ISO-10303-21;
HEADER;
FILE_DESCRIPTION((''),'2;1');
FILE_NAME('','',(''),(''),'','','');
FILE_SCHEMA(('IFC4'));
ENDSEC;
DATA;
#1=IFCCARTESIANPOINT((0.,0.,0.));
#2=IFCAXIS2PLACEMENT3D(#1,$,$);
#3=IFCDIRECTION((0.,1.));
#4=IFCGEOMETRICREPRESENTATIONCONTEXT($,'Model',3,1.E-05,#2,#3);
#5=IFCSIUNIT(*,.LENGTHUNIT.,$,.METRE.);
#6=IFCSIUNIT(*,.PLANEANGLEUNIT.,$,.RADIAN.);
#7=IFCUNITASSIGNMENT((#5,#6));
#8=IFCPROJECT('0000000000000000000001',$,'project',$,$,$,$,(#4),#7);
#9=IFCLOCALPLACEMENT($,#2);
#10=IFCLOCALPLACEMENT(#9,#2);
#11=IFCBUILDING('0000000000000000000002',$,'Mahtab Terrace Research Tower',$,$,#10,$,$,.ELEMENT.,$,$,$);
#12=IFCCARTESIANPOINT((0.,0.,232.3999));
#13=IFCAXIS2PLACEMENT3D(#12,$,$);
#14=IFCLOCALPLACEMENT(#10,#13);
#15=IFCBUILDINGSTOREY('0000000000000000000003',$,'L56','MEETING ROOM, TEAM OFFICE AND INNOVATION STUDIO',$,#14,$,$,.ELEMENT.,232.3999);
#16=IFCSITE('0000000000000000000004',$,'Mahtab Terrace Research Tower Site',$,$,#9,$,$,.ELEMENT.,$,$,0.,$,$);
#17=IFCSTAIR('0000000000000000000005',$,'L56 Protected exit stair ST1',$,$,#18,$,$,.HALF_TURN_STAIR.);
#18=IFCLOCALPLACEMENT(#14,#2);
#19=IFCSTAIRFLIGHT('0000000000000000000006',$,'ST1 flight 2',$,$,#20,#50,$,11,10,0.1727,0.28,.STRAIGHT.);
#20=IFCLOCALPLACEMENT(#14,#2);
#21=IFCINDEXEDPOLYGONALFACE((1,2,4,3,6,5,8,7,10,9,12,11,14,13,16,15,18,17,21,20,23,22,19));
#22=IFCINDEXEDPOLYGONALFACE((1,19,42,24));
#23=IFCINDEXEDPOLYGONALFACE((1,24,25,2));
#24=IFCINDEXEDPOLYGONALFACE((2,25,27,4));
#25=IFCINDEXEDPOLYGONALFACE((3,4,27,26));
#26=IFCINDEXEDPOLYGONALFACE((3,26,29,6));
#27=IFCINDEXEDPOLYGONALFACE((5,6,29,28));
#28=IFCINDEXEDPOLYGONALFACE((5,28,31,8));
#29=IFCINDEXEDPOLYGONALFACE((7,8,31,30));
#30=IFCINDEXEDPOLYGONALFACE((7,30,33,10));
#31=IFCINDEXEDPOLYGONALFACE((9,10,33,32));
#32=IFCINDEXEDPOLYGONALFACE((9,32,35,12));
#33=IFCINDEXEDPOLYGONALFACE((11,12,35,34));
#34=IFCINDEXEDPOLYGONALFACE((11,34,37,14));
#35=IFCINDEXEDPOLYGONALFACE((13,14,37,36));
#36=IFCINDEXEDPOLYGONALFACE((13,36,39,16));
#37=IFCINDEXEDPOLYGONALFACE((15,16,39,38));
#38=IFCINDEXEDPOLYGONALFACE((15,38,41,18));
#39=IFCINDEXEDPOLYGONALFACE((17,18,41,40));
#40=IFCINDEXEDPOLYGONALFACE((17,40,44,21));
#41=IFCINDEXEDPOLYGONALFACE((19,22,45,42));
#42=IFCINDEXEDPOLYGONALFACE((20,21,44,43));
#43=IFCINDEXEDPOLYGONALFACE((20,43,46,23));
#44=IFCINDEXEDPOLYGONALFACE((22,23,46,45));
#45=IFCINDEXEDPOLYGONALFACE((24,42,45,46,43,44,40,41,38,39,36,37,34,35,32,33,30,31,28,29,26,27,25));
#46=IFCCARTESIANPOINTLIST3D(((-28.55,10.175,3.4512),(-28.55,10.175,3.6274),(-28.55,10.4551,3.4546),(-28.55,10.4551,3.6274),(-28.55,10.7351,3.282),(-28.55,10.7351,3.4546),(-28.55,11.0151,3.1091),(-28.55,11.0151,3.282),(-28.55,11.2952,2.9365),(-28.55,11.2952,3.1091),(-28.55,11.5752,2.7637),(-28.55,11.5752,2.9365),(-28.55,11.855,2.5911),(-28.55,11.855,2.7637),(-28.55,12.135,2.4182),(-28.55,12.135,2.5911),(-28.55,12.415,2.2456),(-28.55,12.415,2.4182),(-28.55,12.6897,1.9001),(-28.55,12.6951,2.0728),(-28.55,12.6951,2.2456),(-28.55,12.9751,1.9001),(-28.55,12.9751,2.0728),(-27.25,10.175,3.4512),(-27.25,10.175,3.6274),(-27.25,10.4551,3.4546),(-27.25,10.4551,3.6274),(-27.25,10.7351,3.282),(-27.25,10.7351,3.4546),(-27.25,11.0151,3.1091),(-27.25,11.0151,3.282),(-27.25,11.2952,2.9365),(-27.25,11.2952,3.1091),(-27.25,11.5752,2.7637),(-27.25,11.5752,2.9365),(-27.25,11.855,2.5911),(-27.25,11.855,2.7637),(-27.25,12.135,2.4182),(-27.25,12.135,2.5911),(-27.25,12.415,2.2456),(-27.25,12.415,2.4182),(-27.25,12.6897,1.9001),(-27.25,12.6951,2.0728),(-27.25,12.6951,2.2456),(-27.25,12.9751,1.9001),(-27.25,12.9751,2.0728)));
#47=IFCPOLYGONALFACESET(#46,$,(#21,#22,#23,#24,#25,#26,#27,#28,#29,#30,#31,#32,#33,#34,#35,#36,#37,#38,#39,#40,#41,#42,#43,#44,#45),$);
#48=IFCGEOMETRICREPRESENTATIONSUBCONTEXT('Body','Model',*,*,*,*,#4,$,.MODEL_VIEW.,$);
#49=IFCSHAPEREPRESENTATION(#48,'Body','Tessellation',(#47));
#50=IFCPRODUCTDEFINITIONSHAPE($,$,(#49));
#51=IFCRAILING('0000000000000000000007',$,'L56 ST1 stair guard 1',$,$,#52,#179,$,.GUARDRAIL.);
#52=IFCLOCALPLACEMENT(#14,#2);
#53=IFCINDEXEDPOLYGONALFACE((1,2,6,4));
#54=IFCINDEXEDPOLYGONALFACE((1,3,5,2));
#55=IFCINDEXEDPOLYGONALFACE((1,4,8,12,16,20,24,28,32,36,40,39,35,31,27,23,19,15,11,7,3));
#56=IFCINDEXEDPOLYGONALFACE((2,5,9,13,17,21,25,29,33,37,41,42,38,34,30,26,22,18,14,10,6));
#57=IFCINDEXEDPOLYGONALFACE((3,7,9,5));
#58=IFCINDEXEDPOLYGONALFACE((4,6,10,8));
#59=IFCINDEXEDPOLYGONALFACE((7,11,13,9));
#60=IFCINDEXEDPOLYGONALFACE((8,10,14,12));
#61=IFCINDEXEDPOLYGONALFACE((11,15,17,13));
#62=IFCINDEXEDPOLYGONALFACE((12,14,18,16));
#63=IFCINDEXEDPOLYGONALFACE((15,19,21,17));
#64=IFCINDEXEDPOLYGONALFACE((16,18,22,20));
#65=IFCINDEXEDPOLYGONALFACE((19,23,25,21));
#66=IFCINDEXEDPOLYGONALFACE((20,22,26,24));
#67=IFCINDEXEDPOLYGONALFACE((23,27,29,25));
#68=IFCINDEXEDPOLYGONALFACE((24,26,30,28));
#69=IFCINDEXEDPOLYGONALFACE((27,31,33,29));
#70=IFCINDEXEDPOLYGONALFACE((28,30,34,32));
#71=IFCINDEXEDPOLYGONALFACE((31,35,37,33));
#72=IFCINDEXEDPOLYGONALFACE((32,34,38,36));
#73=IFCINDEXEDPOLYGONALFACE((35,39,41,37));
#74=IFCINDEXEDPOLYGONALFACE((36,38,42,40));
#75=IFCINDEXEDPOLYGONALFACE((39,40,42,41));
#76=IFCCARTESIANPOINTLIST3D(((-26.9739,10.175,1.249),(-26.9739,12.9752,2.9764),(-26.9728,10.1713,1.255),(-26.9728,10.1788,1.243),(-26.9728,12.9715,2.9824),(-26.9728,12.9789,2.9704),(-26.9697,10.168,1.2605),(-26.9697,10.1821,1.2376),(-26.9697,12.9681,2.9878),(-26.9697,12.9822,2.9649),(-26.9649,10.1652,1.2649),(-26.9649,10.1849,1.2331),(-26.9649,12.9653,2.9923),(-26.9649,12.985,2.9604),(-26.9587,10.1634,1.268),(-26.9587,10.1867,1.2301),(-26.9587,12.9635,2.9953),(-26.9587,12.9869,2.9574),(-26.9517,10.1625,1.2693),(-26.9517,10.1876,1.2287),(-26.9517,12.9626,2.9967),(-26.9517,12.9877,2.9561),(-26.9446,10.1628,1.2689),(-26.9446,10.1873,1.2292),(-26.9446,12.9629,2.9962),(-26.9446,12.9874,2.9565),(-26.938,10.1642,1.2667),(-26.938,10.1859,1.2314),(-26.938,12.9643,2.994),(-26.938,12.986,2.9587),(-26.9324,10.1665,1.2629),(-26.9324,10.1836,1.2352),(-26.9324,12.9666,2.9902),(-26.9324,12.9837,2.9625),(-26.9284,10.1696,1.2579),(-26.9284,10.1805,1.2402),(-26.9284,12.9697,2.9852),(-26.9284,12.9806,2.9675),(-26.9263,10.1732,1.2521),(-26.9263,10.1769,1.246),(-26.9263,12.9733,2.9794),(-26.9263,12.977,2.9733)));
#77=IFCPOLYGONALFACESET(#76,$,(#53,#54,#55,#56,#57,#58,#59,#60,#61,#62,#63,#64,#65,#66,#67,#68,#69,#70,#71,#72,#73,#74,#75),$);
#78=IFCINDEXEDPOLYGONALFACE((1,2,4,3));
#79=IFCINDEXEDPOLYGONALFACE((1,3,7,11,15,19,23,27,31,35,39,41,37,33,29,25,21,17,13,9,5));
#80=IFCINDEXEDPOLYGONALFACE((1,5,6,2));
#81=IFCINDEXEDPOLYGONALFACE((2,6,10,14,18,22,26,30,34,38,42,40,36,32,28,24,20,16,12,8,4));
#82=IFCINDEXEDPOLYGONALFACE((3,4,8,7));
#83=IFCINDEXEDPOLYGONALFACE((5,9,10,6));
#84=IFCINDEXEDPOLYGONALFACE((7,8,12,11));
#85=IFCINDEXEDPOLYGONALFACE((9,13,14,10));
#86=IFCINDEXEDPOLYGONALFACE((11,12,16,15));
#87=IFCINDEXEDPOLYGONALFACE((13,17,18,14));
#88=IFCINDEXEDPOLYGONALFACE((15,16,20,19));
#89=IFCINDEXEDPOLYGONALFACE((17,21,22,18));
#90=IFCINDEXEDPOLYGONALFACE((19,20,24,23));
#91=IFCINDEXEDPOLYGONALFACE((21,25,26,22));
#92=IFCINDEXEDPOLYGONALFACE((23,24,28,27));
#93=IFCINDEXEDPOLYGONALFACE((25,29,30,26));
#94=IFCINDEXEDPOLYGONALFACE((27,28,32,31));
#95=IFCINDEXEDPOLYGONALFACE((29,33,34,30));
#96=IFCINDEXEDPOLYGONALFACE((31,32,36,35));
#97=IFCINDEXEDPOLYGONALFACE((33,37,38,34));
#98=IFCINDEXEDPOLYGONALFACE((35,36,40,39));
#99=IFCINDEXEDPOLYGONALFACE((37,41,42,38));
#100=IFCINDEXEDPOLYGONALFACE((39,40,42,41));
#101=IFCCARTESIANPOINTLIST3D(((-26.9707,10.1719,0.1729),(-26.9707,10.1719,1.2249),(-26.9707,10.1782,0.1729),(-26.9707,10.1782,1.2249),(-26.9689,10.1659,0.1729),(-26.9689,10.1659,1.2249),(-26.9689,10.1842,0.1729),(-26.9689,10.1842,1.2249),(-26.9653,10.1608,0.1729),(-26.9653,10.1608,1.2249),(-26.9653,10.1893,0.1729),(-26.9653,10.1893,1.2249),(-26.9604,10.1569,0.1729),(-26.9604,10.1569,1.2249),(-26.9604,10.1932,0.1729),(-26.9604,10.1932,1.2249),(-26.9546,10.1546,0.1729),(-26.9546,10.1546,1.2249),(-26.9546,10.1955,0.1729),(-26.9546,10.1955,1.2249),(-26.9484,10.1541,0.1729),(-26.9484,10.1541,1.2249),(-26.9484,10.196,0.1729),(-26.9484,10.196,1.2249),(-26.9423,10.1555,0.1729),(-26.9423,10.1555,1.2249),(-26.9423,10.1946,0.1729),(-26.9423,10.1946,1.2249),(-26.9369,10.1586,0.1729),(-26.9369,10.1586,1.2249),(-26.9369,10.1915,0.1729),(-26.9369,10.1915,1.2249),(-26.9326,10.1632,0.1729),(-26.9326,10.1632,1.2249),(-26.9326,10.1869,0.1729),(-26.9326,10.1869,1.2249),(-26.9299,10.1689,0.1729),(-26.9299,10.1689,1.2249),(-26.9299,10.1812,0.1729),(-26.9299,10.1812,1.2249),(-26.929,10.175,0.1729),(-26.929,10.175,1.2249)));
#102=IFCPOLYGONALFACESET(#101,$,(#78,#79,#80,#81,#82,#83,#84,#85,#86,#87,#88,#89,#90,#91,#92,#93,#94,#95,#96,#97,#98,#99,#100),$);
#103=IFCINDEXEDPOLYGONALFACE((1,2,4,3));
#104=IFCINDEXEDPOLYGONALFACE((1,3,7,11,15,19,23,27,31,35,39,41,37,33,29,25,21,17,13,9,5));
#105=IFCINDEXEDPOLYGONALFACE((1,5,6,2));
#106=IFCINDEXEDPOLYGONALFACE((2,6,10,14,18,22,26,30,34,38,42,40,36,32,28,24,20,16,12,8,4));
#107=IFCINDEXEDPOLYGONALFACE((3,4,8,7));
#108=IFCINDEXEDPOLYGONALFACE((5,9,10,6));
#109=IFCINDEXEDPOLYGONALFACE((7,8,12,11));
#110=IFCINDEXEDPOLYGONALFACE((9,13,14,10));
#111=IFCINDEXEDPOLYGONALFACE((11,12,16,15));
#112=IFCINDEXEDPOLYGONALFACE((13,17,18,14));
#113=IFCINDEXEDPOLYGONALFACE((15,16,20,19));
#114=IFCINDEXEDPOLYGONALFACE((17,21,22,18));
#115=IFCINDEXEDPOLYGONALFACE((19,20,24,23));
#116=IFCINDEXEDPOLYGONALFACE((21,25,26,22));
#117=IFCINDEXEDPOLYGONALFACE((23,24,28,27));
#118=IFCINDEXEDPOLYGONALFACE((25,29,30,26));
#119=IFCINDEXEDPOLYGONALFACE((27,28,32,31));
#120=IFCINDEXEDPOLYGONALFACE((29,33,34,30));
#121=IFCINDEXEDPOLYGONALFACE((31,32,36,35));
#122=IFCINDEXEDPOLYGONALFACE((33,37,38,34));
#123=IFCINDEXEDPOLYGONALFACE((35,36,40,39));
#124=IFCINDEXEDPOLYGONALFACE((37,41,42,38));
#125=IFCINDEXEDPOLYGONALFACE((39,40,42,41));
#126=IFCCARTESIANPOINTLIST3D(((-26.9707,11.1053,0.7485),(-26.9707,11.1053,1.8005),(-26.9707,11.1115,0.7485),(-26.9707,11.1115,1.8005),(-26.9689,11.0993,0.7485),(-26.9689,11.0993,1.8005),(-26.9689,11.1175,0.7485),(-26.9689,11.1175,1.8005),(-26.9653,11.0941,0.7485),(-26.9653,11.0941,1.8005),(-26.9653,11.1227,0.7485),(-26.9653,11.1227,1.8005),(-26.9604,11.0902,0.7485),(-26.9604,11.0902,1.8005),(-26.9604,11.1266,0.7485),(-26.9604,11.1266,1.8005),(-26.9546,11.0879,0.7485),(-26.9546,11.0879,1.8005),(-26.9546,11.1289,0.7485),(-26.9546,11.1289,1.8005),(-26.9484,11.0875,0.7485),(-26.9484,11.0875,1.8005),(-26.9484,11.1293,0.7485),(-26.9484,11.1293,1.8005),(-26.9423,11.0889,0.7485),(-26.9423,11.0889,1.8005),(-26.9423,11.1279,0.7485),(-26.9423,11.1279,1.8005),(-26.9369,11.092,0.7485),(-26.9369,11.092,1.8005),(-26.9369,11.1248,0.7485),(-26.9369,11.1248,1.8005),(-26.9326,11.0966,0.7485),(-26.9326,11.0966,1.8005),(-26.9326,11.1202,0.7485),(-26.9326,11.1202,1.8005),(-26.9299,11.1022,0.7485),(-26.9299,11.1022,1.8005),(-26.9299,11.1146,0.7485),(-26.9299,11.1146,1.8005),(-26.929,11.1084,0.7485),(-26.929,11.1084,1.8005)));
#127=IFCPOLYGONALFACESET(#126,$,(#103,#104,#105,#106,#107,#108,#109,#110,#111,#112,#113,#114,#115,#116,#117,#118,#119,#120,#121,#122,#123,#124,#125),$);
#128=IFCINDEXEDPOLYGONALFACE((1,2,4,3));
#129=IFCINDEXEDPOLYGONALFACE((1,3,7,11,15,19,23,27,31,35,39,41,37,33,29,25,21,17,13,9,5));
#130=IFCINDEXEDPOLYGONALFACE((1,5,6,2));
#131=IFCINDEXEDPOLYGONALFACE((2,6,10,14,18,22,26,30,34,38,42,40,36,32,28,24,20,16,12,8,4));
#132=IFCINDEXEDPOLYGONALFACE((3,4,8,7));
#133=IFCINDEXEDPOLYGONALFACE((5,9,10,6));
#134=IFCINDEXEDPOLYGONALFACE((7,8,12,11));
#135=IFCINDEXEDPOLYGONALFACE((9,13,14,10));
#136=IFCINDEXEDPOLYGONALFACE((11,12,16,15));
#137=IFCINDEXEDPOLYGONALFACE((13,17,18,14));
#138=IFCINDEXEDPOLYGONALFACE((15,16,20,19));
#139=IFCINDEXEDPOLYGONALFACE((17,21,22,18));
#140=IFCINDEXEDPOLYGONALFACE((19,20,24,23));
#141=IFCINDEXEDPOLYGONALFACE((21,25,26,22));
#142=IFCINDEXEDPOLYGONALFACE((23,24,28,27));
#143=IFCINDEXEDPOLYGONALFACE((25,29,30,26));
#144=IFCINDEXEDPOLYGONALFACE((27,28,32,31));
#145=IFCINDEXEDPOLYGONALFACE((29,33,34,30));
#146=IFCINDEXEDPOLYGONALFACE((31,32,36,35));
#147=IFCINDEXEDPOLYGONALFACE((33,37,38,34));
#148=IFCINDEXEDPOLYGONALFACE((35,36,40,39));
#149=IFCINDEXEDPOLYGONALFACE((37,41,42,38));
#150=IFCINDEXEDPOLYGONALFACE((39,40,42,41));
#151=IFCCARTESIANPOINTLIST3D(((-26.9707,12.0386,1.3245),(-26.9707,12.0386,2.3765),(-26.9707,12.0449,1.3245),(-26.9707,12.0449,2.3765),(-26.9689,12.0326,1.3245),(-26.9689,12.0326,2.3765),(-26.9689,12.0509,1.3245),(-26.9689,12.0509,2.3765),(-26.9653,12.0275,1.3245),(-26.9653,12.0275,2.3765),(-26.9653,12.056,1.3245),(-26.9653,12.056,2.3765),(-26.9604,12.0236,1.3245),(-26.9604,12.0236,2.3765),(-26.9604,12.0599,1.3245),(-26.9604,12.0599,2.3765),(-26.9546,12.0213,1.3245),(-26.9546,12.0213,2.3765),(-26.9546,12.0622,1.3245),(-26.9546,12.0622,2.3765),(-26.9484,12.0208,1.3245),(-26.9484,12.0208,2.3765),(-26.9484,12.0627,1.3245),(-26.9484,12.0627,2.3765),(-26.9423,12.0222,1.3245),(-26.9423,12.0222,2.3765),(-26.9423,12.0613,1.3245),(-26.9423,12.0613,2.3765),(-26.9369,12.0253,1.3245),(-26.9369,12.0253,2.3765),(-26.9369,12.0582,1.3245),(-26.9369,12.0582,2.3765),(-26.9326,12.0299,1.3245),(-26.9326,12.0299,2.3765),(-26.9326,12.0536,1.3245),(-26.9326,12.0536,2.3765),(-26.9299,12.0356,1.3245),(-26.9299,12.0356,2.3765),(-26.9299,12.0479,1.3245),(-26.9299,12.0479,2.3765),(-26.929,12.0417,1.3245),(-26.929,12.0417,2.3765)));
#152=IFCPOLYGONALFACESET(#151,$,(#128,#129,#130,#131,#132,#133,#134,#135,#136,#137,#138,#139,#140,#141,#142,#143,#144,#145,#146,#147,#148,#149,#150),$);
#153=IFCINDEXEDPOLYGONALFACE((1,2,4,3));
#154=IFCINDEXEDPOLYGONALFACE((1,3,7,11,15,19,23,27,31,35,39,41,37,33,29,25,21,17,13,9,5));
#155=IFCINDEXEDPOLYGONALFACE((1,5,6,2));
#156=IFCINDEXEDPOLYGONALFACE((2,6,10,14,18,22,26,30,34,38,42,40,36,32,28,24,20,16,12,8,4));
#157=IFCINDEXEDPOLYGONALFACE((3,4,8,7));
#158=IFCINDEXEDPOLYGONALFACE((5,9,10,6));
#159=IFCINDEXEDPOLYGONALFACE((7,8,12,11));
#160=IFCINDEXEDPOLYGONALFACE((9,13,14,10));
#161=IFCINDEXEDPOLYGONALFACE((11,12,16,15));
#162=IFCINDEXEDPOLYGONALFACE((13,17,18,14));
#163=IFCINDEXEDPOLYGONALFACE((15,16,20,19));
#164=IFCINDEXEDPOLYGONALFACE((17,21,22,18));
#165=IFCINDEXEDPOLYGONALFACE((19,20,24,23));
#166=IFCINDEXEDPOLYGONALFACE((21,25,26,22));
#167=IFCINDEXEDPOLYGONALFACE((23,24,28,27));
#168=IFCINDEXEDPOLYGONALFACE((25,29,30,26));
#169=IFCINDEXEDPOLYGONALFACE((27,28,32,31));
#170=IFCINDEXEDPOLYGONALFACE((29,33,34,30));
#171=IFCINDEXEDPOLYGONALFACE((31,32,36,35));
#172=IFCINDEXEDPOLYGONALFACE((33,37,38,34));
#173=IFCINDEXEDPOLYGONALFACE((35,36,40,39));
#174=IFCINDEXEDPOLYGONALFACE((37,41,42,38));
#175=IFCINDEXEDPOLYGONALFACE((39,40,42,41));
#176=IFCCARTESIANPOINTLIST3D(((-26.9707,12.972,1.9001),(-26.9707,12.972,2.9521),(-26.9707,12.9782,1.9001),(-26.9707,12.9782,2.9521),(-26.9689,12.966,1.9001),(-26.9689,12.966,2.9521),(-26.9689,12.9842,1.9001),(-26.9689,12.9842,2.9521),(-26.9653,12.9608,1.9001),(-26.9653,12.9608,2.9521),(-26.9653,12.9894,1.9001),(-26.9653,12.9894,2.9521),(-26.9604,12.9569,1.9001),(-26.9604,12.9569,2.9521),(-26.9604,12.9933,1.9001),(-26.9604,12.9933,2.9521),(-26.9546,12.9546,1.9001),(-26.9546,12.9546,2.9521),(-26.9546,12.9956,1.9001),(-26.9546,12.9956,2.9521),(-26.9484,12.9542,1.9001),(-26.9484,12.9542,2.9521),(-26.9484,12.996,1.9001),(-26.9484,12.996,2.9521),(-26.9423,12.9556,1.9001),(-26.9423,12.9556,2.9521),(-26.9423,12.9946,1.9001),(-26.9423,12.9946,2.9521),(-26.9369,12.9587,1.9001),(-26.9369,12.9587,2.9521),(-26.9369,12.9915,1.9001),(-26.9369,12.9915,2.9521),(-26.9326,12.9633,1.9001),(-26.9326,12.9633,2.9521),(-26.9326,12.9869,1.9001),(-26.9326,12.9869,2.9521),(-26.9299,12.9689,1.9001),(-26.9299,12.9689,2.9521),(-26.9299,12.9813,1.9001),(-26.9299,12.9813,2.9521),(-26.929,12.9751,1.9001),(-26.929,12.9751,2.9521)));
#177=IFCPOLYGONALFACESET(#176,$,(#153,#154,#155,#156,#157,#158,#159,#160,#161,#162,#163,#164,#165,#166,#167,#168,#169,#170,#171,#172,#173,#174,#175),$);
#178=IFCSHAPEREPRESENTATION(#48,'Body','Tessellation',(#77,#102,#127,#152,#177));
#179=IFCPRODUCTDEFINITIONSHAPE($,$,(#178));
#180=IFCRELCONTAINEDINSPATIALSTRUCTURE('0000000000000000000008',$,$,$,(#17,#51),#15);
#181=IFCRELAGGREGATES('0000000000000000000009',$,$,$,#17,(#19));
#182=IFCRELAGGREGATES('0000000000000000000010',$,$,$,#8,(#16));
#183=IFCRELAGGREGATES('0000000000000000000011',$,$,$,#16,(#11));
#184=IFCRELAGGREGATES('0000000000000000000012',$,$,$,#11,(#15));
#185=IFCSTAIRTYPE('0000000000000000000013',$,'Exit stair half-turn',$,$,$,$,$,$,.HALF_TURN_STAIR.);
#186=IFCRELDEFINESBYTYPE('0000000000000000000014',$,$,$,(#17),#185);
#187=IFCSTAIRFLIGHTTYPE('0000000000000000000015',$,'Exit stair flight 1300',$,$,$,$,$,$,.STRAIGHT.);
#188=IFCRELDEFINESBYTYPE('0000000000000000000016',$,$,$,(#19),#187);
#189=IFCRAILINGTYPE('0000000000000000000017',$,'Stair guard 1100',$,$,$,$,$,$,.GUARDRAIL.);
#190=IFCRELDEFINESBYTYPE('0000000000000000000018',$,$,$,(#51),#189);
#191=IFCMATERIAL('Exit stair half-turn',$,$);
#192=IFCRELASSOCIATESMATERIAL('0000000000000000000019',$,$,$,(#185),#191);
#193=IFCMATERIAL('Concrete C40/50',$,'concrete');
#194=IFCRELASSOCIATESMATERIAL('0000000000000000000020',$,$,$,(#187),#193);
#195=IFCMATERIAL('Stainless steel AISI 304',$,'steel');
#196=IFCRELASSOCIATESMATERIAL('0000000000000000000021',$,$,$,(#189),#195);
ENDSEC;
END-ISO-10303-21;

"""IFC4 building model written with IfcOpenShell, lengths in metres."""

from ifc_helpers import new_model, si_unit, direction, frame, origin, origin_2d, place, context, subcontext, project, spatial, polyline, circle, outline, extrude, material, type_object, element, aggregate, save


model = new_model("IFC4")

# Units and contexts
model_context = context("Model", 3, precision=1e-05, world=origin(), true_north=direction((0.0, 1.0)))
body_context = subcontext(model_context, "Body", "Model", "MODEL_VIEW")
ifc_project = project(units=[si_unit("LENGTHUNIT", "METRE"), si_unit("PLANEANGLEUNIT", "RADIAN")], contexts=[model_context])

# Site, building, storey
site_placement = place(None, origin())
site = spatial("IfcSite", under=ifc_project, at=site_placement, Name="Mahtab Terrace Research Tower Site", CompositionType="ELEMENT", RefElevation=0.0)
building_placement = place(site_placement, origin())
building = spatial("IfcBuilding", under=site, at=building_placement, Name="Mahtab Terrace Research Tower", CompositionType="ELEMENT")
storey_placement = place(building_placement, frame((0.0, 0.0, 232.3999)))
storey = spatial("IfcBuildingStorey", under=building, at=storey_placement, Name="L56", Description="MEETING ROOM, TEAM OFFICE AND INNOVATION STUDIO", CompositionType="ELEMENT", Elevation=232.3999)

# Stair, stair flight
ifc_material_1 = material(Name="Exit stair half-turn")
stair_type = type_object("IfcStairType", Name="Exit stair half-turn", PredefinedType="HALF_TURN_STAIR", material=ifc_material_1)
stair_placement = place(storey_placement, origin())
stair = element("IfcStair", 1, at=stair_placement, inside=storey, type_object=stair_type, Name="L56 Protected exit stair ST1", PredefinedType="HALF_TURN_STAIR")
ifc_material_2 = material(Name="Concrete C40/50", Category="concrete")
stair_flight_type = type_object("IfcStairFlightType", Name="Exit stair flight 1300", PredefinedType="STRAIGHT", material=ifc_material_2)
stair_flight_1_placement = place(storey_placement, frame((-27.8999, 12.9751, 1.9001), z_axis=(0.0, 0.0, 1.0), x_axis=(0.0, -1.0, 0.0)))
stair_flight_1 = element("IfcStairFlight", 2, at=stair_flight_1_placement, type_object=stair_flight_type, Name="ST1 flight 2", NumberOfRisers=11, NumberOfTreads=10, PredefinedType="STRAIGHT", RiserHeight=0.1727, TreadLength=0.28, context=body_context, shape_type="SweptSolid", body=[
    extrude(outline(polyline([(0.0, 0.0), (0.0, 0.1726), (0.28, 0.1726), (0.28, 0.3455), (0.5601, 0.3455), (0.5601, 0.5181), (0.8401, 0.5181), (0.8401, 0.6909), (1.1201, 0.6909), (1.1201, 0.8635), (1.3999, 0.8635), (1.3999, 1.0364), (1.6799, 1.0364), (1.6799, 1.209), (1.96, 1.209), (1.96, 1.3818), (2.24, 1.3818), (2.24, 1.5544), (2.52, 1.5544), (2.52, 1.7273), (2.8, 1.7273), (2.8, 1.8999), (2.8, 1.551), (0.2854, 0.0), (0.0, 0.0)])), frame((0.0, 0.6499, 0.0), z_axis=(0.0, -1.0, 0.0), x_axis=(1.0, 0.0, 0.0)), (0.0, 0.0, 1.0), 1.3),
])
aggregate(stair, [stair_flight_1])

# Railing
ifc_material_3 = material(Name="Stainless steel AISI 304", Category="steel")
railing_type_1 = type_object("IfcRailingType", Name="Stair guard 1100", PredefinedType="GUARDRAIL", material=ifc_material_3)
railing_1_placement = place(storey_placement, frame((-26.95, 10.175, 0.1729)))
element("IfcRailing", 3, at=railing_1_placement, inside=storey, type_object=railing_type_1, Name="L56 ST1 stair guard 1", PredefinedType="GUARDRAIL", context=body_context, shape_type="SweptSolid", body=[
    extrude(circle(Radius=0.0239, at=origin_2d()), frame((0.0, 0.0, 1.0762), z_axis=(0.0, 0.85109, 0.52502), x_axis=(-1.0, 0.0, 0.0)), (0.0, 0.0, 1.0), 3.29),
    extrude(circle(Radius=0.021, at=origin_2d()), origin(), (0.0, 0.0, 1.0), 1.052),
    extrude(circle(Radius=0.021, at=origin_2d()), frame((0.0, 0.9333, 0.5757)), (0.0, 0.0, 1.0), 1.052),
    extrude(circle(Radius=0.021, at=origin_2d()), frame((0.0, 1.8667, 1.1516)), (0.0, 0.0, 1.0), 1.052),
    extrude(circle(Radius=0.021, at=origin_2d()), frame((0.0, 2.8, 1.7273)), (0.0, 0.0, 1.0), 1.052),
])

save(model, "model.ifc")
